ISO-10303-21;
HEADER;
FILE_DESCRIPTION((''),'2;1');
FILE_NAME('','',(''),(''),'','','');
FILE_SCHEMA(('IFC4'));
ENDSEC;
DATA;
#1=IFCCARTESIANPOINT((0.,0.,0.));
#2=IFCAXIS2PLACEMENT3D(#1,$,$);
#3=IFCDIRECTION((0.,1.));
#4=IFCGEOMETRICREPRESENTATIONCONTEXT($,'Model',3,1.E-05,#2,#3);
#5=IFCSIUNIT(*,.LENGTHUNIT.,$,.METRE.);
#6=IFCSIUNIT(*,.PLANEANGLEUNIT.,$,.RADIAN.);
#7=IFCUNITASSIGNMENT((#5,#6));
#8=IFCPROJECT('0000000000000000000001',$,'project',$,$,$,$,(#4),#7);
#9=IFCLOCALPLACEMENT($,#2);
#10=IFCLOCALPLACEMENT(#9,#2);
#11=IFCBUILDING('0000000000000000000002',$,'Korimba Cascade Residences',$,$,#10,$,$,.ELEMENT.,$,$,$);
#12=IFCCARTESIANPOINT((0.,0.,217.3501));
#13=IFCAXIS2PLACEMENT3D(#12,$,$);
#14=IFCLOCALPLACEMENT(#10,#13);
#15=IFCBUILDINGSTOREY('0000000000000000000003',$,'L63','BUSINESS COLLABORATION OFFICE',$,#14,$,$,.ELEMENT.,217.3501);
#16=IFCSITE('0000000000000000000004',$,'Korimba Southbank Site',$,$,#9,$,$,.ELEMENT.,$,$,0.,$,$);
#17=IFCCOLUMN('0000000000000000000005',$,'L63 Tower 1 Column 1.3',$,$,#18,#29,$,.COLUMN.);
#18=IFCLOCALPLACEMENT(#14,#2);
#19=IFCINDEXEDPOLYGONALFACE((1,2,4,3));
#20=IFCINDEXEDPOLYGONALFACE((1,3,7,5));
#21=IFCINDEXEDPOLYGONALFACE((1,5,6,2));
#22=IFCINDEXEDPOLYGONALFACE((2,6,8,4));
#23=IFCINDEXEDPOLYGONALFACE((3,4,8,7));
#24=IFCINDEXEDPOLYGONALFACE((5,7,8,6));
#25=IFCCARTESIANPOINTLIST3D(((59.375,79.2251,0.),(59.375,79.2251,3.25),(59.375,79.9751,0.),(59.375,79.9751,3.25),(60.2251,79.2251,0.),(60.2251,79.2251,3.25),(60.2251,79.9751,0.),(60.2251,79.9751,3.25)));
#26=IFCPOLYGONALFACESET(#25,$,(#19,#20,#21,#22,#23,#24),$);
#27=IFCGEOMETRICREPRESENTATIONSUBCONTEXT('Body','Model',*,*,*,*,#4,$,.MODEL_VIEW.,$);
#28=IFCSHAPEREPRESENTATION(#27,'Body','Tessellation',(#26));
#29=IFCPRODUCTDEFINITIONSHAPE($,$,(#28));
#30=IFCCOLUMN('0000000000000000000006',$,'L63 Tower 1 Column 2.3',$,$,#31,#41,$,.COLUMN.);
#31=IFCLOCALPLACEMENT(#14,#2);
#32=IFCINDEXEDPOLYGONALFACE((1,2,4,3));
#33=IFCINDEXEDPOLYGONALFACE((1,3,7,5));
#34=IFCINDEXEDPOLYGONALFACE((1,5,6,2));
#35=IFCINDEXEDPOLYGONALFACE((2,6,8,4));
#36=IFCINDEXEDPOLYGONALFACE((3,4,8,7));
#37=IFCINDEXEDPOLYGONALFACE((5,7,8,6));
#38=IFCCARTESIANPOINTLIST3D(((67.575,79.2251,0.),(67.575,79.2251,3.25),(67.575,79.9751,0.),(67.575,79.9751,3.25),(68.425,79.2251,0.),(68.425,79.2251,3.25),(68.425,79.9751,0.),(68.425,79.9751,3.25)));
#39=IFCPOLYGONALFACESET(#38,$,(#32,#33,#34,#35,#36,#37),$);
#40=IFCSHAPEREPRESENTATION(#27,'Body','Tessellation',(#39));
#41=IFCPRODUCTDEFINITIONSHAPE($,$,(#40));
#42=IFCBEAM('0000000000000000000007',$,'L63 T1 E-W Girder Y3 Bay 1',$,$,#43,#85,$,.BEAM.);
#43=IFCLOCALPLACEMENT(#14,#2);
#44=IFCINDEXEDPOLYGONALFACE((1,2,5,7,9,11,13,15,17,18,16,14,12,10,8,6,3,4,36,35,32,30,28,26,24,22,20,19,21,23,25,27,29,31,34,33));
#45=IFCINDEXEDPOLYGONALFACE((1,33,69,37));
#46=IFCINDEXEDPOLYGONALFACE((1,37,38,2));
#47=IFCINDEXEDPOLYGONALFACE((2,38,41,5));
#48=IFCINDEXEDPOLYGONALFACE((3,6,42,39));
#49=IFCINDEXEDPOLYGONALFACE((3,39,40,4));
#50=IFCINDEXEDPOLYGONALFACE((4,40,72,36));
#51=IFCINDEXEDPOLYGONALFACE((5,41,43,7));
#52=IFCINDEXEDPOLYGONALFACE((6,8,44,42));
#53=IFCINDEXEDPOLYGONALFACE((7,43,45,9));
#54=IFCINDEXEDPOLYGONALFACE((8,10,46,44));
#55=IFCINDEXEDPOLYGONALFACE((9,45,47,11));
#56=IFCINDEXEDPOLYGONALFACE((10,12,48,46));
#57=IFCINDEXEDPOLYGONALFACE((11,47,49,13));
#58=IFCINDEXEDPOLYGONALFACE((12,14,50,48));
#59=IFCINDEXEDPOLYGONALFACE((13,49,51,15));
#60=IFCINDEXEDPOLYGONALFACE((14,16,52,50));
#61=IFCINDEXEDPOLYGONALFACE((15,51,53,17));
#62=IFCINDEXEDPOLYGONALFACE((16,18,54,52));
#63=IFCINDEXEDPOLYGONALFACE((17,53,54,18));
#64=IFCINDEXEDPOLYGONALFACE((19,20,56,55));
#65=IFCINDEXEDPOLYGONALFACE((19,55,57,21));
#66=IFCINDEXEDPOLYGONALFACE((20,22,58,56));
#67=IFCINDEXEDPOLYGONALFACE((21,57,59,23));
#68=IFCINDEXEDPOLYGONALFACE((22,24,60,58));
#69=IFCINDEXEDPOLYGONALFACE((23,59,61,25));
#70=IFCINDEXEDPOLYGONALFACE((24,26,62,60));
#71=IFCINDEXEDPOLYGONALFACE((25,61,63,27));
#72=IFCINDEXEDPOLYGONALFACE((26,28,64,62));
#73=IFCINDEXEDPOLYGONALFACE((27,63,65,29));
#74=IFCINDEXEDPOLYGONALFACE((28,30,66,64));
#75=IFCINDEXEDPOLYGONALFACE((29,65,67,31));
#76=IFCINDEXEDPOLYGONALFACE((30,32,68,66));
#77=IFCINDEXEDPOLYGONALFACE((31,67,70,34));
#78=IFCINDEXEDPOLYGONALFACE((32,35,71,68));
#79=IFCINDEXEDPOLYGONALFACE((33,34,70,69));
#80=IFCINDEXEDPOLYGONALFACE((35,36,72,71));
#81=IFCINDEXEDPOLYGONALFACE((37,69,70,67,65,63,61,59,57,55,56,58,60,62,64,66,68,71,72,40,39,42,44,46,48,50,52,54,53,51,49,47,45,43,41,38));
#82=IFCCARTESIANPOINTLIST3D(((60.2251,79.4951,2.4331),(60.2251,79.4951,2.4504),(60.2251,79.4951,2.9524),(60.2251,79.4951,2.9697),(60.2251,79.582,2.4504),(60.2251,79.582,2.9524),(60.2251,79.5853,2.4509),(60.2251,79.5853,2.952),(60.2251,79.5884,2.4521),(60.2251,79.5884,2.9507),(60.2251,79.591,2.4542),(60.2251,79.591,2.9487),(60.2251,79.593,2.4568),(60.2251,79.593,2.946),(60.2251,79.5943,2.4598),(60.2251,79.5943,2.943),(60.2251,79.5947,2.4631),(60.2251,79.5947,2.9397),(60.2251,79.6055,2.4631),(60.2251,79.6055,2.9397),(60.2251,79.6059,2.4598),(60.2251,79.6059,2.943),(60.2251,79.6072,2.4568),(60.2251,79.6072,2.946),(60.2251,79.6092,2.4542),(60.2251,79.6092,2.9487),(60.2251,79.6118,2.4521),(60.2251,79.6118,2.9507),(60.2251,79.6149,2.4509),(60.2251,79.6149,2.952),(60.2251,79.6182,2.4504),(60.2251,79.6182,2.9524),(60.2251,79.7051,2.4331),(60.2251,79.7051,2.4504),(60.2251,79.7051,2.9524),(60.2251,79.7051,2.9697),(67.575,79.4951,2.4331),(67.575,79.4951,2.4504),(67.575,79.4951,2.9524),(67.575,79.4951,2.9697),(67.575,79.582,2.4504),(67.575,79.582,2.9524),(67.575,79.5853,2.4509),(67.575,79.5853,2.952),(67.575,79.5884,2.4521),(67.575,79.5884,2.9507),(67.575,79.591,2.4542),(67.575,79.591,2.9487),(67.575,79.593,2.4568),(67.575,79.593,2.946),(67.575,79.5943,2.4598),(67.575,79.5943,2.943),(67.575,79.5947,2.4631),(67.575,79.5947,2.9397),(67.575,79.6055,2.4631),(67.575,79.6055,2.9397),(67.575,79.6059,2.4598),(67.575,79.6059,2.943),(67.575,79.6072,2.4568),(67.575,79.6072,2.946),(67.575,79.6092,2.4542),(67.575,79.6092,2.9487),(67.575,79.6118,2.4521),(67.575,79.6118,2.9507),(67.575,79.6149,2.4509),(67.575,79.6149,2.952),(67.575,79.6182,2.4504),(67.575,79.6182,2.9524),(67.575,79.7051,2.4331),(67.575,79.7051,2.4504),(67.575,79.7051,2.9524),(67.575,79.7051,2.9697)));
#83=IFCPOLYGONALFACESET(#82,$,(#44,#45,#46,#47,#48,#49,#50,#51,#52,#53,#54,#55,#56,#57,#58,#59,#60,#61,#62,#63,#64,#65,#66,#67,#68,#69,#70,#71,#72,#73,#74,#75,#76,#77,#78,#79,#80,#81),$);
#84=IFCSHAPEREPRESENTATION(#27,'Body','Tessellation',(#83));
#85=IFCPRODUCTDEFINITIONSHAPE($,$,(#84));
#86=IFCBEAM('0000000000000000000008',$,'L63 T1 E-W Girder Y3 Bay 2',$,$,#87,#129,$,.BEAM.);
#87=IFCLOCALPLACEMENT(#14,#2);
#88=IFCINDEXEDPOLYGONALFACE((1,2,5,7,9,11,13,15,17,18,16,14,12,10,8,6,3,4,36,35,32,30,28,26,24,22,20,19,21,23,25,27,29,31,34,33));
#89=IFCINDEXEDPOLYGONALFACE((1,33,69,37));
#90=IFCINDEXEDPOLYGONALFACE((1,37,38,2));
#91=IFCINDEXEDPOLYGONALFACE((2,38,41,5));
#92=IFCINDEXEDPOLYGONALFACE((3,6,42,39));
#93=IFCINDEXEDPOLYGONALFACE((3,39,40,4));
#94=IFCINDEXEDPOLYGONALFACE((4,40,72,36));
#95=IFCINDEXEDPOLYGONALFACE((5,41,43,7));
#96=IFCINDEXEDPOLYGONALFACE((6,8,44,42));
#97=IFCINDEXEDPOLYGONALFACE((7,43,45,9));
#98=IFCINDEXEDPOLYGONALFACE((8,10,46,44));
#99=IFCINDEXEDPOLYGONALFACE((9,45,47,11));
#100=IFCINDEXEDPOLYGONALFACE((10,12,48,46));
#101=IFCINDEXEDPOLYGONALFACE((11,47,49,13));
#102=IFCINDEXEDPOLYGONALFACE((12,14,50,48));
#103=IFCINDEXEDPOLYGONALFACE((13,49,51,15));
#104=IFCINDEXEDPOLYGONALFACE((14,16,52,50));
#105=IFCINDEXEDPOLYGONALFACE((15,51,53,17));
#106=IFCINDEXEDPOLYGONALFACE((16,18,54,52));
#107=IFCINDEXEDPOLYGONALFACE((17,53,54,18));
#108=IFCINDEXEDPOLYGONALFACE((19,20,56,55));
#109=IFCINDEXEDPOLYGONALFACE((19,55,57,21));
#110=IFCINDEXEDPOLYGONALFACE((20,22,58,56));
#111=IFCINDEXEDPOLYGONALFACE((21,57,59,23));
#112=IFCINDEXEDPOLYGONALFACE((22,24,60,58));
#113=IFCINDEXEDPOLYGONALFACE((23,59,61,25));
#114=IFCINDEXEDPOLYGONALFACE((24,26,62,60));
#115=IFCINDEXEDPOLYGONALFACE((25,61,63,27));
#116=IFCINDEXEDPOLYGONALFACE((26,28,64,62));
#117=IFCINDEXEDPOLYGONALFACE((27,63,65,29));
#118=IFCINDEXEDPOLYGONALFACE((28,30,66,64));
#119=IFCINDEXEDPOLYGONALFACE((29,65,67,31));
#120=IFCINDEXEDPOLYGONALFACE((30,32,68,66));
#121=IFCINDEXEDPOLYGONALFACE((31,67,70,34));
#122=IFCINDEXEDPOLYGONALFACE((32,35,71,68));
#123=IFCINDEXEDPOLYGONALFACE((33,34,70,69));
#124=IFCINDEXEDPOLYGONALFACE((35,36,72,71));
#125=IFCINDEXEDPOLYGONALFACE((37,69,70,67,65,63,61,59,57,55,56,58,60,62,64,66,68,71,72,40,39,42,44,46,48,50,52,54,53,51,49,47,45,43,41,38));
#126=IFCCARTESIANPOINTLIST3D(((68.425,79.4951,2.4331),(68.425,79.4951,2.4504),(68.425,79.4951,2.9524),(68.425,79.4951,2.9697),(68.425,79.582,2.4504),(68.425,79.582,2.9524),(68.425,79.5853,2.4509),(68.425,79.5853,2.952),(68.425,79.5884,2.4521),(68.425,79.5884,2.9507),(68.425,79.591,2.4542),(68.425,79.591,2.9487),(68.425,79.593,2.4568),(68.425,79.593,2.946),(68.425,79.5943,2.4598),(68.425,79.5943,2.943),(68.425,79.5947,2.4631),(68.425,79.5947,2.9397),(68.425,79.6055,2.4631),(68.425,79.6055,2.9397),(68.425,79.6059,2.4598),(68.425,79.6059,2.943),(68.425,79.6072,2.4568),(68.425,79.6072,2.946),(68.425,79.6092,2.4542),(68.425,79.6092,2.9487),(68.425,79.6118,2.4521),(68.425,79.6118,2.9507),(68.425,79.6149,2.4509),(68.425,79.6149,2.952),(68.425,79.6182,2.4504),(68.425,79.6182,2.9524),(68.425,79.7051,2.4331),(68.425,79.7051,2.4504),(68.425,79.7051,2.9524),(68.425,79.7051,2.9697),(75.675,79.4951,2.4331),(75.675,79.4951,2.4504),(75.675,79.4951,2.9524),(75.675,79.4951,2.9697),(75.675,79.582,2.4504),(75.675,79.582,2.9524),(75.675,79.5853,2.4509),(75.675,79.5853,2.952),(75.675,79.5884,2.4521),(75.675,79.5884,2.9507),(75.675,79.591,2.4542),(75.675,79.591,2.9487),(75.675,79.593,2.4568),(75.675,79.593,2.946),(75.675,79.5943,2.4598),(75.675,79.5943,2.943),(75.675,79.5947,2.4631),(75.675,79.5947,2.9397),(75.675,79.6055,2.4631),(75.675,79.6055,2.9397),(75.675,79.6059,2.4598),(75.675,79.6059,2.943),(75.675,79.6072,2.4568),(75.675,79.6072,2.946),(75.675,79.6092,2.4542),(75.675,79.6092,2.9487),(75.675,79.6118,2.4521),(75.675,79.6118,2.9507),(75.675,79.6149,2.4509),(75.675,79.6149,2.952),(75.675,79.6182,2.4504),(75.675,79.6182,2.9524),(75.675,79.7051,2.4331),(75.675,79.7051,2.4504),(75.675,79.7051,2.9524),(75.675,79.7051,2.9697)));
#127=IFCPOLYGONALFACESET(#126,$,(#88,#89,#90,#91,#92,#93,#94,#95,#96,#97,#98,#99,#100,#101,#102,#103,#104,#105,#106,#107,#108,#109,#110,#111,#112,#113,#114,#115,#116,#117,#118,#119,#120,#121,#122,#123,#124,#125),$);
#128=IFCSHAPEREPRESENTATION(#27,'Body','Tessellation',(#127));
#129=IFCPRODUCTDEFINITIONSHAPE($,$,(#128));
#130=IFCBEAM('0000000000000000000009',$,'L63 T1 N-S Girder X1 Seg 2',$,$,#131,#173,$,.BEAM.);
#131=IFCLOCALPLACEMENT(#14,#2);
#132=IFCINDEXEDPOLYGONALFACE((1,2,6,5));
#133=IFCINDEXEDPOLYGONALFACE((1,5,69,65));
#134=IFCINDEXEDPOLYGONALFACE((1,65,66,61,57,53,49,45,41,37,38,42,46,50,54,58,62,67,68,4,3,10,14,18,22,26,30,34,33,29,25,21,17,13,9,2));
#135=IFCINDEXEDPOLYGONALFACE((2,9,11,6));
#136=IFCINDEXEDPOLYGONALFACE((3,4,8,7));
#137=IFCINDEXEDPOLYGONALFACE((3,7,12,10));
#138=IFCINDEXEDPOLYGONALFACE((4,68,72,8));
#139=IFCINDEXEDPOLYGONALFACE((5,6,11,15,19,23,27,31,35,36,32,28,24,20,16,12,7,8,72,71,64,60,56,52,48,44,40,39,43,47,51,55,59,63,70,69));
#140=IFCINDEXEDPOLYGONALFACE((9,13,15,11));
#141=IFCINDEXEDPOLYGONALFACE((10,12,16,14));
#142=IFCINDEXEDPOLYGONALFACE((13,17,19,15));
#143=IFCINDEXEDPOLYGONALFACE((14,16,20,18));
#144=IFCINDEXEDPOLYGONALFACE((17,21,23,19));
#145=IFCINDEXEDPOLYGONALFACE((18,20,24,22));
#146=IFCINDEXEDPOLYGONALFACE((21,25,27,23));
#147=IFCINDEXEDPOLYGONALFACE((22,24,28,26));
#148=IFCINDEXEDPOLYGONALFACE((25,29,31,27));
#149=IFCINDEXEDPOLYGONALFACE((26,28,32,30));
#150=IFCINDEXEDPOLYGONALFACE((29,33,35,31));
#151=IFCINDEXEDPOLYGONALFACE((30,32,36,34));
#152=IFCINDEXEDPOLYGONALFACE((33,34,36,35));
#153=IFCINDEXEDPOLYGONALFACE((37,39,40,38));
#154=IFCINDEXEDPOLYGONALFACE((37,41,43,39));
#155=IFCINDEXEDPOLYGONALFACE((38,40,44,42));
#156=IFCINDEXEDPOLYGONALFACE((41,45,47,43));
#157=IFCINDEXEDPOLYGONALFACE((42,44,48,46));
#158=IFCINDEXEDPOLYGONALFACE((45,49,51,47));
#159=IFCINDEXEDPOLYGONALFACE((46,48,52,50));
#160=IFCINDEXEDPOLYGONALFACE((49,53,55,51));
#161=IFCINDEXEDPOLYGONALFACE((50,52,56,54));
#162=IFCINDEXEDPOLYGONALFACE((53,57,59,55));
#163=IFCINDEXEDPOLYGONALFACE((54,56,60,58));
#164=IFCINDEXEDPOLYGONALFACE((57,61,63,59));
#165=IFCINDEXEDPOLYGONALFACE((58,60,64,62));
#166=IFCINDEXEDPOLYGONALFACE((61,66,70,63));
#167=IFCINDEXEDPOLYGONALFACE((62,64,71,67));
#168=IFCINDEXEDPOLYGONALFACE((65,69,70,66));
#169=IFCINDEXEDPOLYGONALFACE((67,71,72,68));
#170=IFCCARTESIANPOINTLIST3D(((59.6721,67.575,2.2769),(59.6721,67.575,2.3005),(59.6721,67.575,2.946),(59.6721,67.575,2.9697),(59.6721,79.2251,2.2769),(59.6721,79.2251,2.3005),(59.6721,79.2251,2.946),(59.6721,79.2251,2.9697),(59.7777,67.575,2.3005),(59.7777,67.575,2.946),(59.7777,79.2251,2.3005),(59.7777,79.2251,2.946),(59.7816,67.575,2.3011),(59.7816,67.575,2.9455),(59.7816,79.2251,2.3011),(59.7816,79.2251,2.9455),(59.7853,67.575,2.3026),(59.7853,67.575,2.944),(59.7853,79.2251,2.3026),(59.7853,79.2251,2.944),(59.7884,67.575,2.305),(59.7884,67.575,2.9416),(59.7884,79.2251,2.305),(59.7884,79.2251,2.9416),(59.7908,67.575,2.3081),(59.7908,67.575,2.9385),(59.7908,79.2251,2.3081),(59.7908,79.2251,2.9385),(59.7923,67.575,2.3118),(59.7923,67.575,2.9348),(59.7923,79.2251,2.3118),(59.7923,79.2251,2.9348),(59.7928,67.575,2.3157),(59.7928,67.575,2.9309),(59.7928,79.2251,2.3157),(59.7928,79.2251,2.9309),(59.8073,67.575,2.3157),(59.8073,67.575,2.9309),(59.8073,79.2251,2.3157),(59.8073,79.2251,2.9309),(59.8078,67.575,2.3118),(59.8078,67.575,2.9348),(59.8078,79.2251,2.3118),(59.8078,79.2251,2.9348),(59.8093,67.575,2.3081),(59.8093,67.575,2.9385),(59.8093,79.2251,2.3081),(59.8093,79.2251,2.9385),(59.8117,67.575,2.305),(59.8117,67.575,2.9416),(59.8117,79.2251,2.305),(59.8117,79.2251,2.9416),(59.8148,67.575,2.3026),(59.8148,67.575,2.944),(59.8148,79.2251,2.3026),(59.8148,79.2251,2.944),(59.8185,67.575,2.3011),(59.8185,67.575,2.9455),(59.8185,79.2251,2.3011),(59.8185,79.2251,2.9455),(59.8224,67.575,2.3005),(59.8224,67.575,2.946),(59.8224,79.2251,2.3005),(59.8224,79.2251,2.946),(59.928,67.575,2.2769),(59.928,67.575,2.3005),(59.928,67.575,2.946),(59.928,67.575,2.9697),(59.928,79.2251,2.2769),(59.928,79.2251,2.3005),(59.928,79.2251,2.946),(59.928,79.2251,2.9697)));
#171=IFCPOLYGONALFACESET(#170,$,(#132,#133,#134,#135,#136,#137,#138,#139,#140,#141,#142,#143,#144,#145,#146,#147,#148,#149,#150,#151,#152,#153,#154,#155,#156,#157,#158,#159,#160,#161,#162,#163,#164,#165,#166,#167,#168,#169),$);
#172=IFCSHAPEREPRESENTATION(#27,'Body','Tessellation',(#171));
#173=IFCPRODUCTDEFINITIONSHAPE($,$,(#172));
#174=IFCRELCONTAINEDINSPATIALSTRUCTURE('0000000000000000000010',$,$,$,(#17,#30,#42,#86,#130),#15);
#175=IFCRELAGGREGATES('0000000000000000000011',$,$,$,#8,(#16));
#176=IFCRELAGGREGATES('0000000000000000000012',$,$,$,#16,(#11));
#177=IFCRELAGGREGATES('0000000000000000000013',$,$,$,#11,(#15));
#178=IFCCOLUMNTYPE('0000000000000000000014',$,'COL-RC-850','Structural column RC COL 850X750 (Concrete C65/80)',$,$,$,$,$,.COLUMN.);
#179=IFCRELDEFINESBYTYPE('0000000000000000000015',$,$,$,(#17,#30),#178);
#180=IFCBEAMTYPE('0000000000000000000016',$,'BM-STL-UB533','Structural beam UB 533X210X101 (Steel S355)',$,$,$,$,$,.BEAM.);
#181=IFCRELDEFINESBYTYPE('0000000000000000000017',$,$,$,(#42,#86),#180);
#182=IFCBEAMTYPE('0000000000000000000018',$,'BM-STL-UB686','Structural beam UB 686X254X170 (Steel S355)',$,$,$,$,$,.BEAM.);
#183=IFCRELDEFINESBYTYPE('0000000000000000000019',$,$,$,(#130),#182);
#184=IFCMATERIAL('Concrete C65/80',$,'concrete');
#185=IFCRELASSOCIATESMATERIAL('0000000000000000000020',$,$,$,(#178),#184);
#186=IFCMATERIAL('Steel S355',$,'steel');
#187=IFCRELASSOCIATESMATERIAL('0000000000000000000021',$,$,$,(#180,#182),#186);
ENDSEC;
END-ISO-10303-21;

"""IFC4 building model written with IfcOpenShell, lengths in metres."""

from ifc_helpers import new_model, si_unit, direction, frame, origin, origin_2d, place, context, subcontext, project, spatial, rectangle, i_section, extrude, material, material_profile, profile_set, type_object, element, save


model = new_model("IFC4")

# Units and contexts
model_context = context("Model", 3, precision=1e-05, world=origin(), true_north=direction((0.0, 1.0)))
body_context = subcontext(model_context, "Body", "Model", "MODEL_VIEW")
ifc_project = project(units=[si_unit("LENGTHUNIT", "METRE"), si_unit("PLANEANGLEUNIT", "RADIAN")], contexts=[model_context])

# Site, building, storey
site_placement = place(None, origin())
site = spatial("IfcSite", under=ifc_project, at=site_placement, Name="Korimba Southbank Site", CompositionType="ELEMENT", RefElevation=0.0)
building_placement = place(site_placement, origin())
building = spatial("IfcBuilding", under=site, at=building_placement, Name="Korimba Cascade Residences", CompositionType="ELEMENT")
storey_placement = place(building_placement, frame((0.0, 0.0, 217.3501)))
storey = spatial("IfcBuildingStorey", under=building, at=storey_placement, Name="L63", Description="BUSINESS COLLABORATION OFFICE", CompositionType="ELEMENT", Elevation=217.3501)

# Columns
ifc_material_1 = material(Name="Concrete C65/80", Category="concrete")
ifc_material_profile_1 = material_profile(ifc_material_1, rectangle(XDim=0.8501, YDim=0.75, at=origin_2d()), Name="Concrete C65/80")
ifc_profile_set_1 = profile_set([ifc_material_profile_1], Name="Concrete C65/80")
column_type = type_object("IfcColumnType", Name="COL-RC-850", Description="Structural column RC COL 850X750 (Concrete C65/80)", PredefinedType="COLUMN", material=ifc_profile_set_1)
for number, where, z_axis, x_axis, name in (
    (1, (59.8, 79.6001, 0.0), (0.0, 0.0, 1.0), (1.0, 0.0, 0.0), "L63 Tower 1 Column 1.3"),
    (2, (68.0, 79.6001, 0.0), (0.0, 0.0, 1.0), (1.0, 0.0, 0.0), "L63 Tower 1 Column 2.3"),
):
    element("IfcColumn", number, at=place(storey_placement, frame(where, z_axis=z_axis, x_axis=x_axis)), inside=storey, type_object=column_type, Name=name, PredefinedType="COLUMN", context=body_context, shape_type="SweptSolid", body=[
        extrude(rectangle(XDim=0.8501, YDim=0.75, at=origin_2d()), origin(), (0.0, 0.0, 1.0), 3.25),
    ])

# Beams
ifc_material_2 = material(Name="Steel S355", Category="steel")
ifc_material_profile_2 = material_profile(ifc_material_2, i_section(OverallWidth=0.21, OverallDepth=0.5366, WebThickness=0.0107, FlangeThickness=0.0173, FilletRadius=0.0127, at=origin_2d()), Name="Steel S355")
ifc_profile_set_2 = profile_set([ifc_material_profile_2], Name="Steel S355")
beam_type_1 = type_object("IfcBeamType", Name="BM-STL-UB533", Description="Structural beam UB 533X210X101 (Steel S355)", PredefinedType="BEAM", material=ifc_profile_set_2)
beam_1_placement = place(storey_placement, frame((60.2251, 79.6001, 2.7014), z_axis=(1.0, 0.0, 0.0), x_axis=(0.0, 1.0, 0.0)))
element("IfcBeam", 3, at=beam_1_placement, inside=storey, type_object=beam_type_1, Name="L63 T1 E-W Girder Y3 Bay 1", PredefinedType="BEAM", context=body_context, shape_type="SweptSolid", body=[
    extrude(i_section(OverallWidth=0.21, OverallDepth=0.5366, WebThickness=0.0107, FlangeThickness=0.0173, FilletRadius=0.0127, at=origin_2d()), origin(), (0.0, 0.0, 1.0), 7.3499),
])
beam_2_placement = place(storey_placement, frame((68.425, 79.6001, 2.7014), z_axis=(1.0, 0.0, 0.0), x_axis=(0.0, 1.0, 0.0)))
element("IfcBeam", 4, at=beam_2_placement, inside=storey, type_object=beam_type_1, Name="L63 T1 E-W Girder Y3 Bay 2", PredefinedType="BEAM", context=body_context, shape_type="SweptSolid", body=[
    extrude(i_section(OverallWidth=0.21, OverallDepth=0.5366, WebThickness=0.0107, FlangeThickness=0.0173, FilletRadius=0.0127, at=origin_2d()), origin(), (0.0, 0.0, 1.0), 7.25),
])
ifc_material_profile_3 = material_profile(ifc_material_2, i_section(OverallWidth=0.2559, OverallDepth=0.6929, WebThickness=0.0144, FlangeThickness=0.0237, FilletRadius=0.0151, at=origin_2d()), Name="Steel S355")
ifc_profile_set_3 = profile_set([ifc_material_profile_3], Name="Steel S355")
beam_type_2 = type_object("IfcBeamType", Name="BM-STL-UB686", Description="Structural beam UB 686X254X170 (Steel S355)", PredefinedType="BEAM", material=ifc_profile_set_3)
beam_3_placement = place(storey_placement, frame((59.8, 67.575, 2.6233), z_axis=(0.0, 1.0, 0.0), x_axis=(-1.0, 0.0, 0.0)))
element("IfcBeam", 5, at=beam_3_placement, inside=storey, type_object=beam_type_2, Name="L63 T1 N-S Girder X1 Seg 2", PredefinedType="BEAM", context=body_context, shape_type="SweptSolid", body=[
    extrude(i_section(OverallWidth=0.2559, OverallDepth=0.6929, WebThickness=0.0144, FlangeThickness=0.0237, FilletRadius=0.0151, at=origin_2d()), origin(), (0.0, 0.0, 1.0), 11.6501),
])

save(model, "model.ifc")
